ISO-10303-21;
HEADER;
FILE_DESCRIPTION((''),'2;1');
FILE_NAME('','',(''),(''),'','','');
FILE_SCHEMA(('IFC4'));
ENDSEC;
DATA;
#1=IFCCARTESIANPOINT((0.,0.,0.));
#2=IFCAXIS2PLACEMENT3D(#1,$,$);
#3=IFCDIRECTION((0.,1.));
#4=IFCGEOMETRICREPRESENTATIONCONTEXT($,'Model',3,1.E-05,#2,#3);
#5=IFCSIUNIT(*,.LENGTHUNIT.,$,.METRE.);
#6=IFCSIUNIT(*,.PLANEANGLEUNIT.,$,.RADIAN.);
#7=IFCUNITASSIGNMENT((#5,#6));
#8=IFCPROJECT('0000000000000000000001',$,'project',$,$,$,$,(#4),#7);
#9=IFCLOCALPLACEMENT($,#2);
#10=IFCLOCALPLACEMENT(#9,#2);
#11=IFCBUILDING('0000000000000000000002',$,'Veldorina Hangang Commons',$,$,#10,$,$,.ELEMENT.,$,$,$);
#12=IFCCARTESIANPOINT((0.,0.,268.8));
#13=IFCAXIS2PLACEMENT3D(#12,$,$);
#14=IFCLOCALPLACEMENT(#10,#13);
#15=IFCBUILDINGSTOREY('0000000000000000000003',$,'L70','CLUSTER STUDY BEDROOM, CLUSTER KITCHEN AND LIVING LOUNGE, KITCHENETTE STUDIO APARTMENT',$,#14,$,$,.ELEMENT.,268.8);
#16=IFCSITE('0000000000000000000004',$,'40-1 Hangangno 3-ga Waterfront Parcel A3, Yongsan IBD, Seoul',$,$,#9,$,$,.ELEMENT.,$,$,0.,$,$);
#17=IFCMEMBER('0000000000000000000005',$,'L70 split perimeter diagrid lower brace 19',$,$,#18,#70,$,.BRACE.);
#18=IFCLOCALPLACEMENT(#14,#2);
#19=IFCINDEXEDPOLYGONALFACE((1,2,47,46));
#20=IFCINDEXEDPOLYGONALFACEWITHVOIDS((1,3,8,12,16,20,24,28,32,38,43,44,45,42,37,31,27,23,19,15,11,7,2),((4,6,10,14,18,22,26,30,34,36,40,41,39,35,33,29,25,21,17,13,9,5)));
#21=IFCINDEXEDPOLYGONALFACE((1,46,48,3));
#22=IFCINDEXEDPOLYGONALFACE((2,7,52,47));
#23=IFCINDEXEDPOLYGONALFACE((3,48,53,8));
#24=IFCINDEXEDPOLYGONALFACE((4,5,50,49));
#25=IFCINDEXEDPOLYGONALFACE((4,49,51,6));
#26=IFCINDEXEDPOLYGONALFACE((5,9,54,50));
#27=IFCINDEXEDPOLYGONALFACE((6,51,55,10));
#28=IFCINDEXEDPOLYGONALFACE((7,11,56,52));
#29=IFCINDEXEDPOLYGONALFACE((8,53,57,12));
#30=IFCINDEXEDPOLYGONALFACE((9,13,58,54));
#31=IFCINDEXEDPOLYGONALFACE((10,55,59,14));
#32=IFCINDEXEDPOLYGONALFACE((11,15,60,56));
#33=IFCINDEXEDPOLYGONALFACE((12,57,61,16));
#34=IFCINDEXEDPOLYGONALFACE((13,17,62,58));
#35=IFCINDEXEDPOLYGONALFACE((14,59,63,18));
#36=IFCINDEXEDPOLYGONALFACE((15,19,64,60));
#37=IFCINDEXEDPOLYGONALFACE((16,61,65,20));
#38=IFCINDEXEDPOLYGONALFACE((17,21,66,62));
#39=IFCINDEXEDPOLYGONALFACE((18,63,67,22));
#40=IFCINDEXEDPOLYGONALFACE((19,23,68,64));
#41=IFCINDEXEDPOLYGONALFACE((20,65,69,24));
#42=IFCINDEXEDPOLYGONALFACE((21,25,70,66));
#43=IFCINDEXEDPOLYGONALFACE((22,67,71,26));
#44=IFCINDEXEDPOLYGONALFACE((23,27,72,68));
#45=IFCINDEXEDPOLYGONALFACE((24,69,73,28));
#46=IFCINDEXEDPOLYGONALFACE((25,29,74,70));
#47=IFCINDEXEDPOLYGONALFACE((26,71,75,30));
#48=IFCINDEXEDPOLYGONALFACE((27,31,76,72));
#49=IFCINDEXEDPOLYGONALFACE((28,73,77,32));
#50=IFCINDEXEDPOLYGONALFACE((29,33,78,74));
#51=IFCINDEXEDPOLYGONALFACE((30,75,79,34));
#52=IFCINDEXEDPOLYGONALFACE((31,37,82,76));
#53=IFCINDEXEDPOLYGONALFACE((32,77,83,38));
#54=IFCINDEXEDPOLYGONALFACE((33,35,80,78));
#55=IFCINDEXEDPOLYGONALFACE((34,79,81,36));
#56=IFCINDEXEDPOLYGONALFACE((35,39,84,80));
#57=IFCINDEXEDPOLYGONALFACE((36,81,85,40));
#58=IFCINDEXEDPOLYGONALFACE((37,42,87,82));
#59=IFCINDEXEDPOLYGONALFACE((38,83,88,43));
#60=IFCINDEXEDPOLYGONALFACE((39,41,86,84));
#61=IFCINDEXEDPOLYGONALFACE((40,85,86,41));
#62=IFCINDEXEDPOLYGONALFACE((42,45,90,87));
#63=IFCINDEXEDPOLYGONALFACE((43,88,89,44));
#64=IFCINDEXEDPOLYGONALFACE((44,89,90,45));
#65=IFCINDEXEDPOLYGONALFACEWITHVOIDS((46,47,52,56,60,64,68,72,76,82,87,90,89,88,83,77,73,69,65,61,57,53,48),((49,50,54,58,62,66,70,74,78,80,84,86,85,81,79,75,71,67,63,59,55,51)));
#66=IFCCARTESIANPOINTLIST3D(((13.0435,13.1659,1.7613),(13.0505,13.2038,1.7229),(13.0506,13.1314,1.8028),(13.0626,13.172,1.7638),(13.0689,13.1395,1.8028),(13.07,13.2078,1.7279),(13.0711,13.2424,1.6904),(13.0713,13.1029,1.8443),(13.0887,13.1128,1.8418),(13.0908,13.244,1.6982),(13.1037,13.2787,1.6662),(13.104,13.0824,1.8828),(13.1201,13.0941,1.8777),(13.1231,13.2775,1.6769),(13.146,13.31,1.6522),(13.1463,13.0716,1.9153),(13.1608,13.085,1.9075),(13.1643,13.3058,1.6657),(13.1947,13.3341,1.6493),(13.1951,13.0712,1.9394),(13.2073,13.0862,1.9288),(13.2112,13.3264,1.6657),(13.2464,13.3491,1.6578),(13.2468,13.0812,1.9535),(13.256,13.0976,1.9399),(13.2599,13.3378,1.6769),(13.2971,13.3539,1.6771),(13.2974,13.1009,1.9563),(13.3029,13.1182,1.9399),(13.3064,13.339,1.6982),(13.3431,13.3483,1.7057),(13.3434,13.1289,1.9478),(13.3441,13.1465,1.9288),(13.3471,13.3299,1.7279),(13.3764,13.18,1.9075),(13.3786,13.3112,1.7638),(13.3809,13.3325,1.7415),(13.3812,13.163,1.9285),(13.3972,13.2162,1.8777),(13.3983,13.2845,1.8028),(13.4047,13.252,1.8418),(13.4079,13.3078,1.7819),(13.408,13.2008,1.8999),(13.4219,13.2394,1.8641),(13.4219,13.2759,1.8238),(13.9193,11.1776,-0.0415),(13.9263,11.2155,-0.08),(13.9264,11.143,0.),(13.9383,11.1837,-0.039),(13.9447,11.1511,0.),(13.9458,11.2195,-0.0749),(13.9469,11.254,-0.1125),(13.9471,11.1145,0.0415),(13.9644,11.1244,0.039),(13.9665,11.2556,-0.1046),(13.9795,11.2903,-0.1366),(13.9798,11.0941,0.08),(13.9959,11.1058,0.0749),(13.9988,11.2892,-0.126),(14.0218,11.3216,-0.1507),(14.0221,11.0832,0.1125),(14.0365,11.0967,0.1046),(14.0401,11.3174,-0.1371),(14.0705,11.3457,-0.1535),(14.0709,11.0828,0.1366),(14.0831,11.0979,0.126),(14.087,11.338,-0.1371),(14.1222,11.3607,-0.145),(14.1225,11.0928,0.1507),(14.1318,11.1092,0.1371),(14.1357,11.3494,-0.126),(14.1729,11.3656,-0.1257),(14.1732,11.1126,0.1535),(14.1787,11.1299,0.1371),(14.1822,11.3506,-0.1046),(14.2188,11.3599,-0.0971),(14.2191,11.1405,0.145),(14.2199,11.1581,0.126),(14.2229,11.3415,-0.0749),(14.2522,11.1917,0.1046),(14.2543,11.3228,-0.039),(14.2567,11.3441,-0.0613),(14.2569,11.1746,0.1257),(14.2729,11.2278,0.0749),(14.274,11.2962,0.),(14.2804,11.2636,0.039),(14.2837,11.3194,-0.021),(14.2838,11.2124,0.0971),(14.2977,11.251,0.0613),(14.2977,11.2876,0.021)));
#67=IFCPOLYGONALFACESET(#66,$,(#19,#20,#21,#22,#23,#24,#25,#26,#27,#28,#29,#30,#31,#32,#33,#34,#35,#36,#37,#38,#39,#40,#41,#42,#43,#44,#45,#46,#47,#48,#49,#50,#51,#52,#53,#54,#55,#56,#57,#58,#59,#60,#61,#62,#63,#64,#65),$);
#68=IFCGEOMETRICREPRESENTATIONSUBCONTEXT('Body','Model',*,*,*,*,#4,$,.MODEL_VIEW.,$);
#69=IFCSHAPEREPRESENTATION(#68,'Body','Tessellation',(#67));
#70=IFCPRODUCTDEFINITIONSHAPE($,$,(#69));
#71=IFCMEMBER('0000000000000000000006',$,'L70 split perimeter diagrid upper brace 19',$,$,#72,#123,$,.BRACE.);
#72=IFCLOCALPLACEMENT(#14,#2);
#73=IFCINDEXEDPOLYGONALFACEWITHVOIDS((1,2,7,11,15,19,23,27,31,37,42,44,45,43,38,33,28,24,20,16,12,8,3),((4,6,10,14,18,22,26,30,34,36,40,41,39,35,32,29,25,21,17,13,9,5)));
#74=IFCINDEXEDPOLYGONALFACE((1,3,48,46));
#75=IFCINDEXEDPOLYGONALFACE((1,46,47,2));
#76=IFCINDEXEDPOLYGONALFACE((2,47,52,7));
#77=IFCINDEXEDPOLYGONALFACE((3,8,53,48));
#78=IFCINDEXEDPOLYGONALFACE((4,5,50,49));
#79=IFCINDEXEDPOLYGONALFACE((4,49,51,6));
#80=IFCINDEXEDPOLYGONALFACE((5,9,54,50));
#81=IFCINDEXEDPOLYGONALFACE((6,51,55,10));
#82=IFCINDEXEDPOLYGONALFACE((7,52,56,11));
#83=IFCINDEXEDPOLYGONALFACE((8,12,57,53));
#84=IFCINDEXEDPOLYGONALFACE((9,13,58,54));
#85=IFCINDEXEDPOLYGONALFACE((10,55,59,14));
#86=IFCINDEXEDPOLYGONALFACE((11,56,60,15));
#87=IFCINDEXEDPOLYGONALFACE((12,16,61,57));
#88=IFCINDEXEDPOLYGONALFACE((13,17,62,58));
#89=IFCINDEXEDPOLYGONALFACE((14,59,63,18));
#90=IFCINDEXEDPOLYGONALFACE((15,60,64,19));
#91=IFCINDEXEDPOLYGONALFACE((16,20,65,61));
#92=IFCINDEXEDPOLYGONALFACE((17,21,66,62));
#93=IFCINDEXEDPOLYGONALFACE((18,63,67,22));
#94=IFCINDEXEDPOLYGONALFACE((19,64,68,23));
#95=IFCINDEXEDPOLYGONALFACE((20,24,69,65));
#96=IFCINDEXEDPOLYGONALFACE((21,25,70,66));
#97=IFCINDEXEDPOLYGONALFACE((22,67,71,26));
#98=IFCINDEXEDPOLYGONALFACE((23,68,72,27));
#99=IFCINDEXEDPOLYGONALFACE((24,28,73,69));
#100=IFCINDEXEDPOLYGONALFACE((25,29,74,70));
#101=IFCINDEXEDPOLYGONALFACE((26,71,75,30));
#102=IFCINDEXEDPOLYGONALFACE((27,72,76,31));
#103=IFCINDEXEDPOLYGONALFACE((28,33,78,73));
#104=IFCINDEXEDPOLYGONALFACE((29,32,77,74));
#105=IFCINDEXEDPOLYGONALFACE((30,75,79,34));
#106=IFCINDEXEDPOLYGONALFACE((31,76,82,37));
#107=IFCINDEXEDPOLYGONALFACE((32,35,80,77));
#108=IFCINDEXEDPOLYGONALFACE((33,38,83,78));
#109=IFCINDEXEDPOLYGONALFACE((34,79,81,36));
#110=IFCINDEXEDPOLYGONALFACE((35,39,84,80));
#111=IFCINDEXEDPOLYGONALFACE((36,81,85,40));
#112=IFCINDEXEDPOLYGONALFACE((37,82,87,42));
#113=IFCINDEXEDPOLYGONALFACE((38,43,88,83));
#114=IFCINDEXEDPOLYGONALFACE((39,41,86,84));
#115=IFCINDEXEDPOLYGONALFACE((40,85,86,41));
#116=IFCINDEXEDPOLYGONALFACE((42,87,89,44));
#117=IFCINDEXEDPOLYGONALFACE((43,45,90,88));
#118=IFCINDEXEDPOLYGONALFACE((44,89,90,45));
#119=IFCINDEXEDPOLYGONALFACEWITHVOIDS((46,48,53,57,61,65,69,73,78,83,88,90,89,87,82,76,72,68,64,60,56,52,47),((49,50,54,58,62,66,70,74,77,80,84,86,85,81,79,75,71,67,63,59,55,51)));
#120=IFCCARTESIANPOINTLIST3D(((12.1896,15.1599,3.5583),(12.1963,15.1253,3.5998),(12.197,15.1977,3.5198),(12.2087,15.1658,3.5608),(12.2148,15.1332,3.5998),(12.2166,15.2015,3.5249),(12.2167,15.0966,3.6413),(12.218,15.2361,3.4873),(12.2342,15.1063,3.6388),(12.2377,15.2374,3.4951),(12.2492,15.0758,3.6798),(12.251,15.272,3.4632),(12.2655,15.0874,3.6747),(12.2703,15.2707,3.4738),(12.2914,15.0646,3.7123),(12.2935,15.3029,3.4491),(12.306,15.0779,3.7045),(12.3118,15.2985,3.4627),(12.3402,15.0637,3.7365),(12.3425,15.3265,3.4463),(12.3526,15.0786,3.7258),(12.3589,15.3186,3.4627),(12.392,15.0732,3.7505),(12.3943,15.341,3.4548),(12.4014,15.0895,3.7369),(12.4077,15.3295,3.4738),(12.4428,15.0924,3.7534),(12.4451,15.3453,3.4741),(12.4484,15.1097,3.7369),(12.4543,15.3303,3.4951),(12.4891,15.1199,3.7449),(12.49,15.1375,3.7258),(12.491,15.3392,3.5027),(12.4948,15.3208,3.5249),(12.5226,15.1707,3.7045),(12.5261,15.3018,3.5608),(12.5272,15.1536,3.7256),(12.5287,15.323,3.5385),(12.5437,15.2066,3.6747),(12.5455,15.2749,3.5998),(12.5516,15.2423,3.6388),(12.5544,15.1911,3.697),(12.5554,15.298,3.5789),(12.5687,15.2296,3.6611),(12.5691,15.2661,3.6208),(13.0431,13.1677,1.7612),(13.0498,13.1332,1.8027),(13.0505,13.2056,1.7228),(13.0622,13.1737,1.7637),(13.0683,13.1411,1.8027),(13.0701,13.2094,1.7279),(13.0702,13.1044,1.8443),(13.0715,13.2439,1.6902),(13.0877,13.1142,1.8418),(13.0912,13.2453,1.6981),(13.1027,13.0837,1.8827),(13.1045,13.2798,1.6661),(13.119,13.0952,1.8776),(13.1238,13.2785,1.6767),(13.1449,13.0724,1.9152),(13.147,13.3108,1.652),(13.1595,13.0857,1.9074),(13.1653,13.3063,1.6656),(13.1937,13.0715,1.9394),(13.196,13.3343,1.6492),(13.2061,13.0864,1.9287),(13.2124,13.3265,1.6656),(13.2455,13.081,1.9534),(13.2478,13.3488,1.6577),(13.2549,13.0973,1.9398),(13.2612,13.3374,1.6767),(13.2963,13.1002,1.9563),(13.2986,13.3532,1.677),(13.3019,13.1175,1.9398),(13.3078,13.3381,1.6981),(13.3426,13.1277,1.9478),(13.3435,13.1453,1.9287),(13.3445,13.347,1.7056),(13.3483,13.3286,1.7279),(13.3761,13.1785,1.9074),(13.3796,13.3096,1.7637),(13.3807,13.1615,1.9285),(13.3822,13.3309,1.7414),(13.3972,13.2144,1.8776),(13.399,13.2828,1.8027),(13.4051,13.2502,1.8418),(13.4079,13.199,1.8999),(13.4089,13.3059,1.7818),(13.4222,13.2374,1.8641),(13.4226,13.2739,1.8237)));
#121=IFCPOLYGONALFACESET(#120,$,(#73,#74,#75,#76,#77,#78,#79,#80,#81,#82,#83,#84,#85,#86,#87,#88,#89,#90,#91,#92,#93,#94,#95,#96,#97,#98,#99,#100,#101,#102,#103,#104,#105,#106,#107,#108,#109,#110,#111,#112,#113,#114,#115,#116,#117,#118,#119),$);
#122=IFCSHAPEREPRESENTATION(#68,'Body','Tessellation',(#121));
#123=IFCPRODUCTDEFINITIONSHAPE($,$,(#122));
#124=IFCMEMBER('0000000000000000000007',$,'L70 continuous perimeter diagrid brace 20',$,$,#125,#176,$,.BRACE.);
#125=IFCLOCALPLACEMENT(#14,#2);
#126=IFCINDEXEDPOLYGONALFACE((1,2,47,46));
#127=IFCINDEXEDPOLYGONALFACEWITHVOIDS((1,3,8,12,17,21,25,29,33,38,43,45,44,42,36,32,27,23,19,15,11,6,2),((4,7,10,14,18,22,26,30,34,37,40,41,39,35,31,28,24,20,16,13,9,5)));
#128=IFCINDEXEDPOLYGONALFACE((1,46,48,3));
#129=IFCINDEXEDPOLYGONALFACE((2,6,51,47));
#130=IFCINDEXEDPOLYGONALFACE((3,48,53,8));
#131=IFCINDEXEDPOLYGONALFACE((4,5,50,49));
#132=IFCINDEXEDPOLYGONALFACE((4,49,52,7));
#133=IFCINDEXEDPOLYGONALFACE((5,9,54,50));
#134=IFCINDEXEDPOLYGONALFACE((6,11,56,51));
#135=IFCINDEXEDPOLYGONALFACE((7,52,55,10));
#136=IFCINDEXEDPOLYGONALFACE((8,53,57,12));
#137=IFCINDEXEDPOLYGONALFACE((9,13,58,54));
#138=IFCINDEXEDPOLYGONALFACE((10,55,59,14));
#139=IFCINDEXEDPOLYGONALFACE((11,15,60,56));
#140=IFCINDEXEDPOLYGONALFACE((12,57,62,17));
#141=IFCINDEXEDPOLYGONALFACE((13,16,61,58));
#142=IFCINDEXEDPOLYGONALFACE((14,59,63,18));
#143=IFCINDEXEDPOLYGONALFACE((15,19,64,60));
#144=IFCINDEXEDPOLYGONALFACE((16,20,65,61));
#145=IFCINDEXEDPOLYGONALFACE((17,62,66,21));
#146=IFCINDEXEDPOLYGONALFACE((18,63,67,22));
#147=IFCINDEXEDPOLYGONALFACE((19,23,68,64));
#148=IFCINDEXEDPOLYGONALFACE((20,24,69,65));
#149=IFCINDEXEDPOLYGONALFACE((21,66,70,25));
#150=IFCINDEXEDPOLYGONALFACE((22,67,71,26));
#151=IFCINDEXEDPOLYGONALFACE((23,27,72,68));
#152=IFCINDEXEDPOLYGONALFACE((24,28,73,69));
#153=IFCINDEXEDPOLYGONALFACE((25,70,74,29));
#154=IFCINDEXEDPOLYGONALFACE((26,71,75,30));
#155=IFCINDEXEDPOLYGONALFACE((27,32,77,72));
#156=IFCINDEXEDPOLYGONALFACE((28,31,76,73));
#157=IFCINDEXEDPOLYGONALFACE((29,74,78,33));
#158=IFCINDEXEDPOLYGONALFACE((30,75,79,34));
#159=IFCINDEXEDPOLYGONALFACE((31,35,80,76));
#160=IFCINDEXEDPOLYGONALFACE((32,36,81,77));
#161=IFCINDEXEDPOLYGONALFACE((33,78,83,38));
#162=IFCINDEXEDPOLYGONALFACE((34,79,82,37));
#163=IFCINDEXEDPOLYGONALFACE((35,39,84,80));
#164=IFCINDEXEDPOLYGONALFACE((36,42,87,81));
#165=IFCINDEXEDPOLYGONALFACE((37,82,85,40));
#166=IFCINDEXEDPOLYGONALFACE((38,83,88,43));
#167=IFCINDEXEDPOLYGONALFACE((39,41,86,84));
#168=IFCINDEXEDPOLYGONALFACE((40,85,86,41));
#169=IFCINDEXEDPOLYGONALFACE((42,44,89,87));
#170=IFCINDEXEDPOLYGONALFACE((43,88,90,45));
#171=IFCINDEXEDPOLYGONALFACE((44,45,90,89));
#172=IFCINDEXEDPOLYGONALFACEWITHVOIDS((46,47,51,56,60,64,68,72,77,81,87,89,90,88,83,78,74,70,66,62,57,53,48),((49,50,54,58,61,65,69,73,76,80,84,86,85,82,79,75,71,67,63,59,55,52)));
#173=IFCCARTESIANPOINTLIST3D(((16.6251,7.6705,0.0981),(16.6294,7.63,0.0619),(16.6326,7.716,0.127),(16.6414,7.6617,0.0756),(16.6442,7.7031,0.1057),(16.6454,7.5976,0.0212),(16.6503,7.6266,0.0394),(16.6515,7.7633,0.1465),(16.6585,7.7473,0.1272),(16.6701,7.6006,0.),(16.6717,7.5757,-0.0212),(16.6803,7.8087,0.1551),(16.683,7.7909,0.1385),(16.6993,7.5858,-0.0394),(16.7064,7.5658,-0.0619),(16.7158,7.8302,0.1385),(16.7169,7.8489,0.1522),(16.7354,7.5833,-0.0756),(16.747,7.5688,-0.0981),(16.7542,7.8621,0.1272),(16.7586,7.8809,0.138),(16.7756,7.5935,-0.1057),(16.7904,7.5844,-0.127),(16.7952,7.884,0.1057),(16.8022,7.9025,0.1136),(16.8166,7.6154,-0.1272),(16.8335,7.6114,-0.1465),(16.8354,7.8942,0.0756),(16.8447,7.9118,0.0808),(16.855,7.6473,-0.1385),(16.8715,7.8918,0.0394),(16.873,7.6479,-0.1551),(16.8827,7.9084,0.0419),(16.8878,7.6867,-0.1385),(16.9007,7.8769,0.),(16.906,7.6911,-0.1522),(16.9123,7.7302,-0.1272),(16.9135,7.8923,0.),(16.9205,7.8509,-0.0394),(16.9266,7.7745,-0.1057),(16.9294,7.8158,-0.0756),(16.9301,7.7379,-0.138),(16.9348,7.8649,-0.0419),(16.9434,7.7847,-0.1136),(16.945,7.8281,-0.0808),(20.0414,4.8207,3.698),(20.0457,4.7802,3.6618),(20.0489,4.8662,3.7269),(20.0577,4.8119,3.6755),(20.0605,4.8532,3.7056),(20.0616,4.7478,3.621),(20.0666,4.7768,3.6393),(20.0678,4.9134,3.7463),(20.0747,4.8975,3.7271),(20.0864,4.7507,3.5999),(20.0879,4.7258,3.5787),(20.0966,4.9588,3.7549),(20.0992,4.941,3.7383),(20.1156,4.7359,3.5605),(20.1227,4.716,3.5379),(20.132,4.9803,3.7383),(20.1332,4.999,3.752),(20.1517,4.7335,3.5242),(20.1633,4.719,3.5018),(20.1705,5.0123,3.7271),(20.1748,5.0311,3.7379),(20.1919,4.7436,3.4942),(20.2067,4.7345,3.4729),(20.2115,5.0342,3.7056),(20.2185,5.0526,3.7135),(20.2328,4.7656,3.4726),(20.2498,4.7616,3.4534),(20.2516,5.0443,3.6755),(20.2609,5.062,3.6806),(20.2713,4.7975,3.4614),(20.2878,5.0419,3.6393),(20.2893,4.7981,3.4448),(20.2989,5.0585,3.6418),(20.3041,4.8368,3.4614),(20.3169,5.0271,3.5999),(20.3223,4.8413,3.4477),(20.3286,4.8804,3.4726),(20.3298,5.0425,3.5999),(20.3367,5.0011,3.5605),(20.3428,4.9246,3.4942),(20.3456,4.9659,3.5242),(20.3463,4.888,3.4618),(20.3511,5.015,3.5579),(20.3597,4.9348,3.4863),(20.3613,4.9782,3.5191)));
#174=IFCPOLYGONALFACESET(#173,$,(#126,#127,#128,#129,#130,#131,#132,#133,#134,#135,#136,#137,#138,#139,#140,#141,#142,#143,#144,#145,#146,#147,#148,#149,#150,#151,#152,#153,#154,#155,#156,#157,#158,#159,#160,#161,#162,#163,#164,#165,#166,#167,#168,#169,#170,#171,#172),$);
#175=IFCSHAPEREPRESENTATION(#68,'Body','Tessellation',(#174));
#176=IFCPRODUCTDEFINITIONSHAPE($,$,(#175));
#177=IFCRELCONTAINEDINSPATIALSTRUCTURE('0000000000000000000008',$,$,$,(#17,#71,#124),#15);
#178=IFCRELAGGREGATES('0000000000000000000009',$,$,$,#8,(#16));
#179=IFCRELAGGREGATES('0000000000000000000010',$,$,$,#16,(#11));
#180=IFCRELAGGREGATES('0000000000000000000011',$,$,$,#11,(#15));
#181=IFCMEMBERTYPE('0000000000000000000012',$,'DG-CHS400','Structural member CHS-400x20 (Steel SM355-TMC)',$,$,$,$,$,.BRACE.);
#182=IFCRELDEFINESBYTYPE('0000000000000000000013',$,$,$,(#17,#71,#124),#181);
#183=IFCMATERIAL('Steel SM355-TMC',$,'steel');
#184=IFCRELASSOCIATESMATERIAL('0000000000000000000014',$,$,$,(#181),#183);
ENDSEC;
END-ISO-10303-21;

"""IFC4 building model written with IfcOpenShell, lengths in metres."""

from ifc_helpers import new_model, si_unit, direction, frame, origin, origin_2d, place, context, subcontext, project, spatial, hollow_circle, extrude, material, material_profile, profile_set, type_object, element, save


model = new_model("IFC4")

# Units and contexts
model_context = context("Model", 3, precision=1e-05, world=origin(), true_north=direction((0.0, 1.0)))
body_context = subcontext(model_context, "Body", "Model", "MODEL_VIEW")
ifc_project = project(units=[si_unit("LENGTHUNIT", "METRE"), si_unit("PLANEANGLEUNIT", "RADIAN")], contexts=[model_context])

# Site, building, storey
site_placement = place(None, origin())
site = spatial("IfcSite", under=ifc_project, at=site_placement, Name="40-1 Hangangno 3-ga Waterfront Parcel A3, Yongsan IBD, Seoul", CompositionType="ELEMENT", RefElevation=0.0)
building_placement = place(site_placement, origin())
building = spatial("IfcBuilding", under=site, at=building_placement, Name="Veldorina Hangang Commons", CompositionType="ELEMENT")
storey_placement = place(building_placement, frame((0.0, 0.0, 268.8)))
storey = spatial("IfcBuildingStorey", under=building, at=storey_placement, Name="L70", Description="CLUSTER STUDY BEDROOM, CLUSTER KITCHEN AND LIVING LOUNGE, KITCHENETTE STUDIO APARTMENT", CompositionType="ELEMENT", Elevation=268.8)

# Shared definitions
ifc_material_1 = material(Name="Steel SM355-TMC", Category="steel")

# Members
ifc_material_profile_1 = material_profile(ifc_material_1, hollow_circle(Radius=0.2, WallThickness=0.02, at=origin_2d()), Name="CHS-400x20")
ifc_profile_set_1 = profile_set([ifc_material_profile_1], Name="Steel SM355-TMC")
member_type_1 = type_object("IfcMemberType", Name="DG-CHS400", Description="Structural member CHS-400x20 (Steel SM355-TMC)", PredefinedType="BRACE", material=ifc_profile_set_1)
member_1_placement = place(storey_placement, frame((14.1094, 11.2236, 0.0), z_axis=(-0.3102, 0.704284, 0.63856), x_axis=(-0.915164, -0.403081, 0.0)))
element("IfcMember", 1, at=member_1_placement, inside=storey, type_object=member_type_1, Name="L70 split perimeter diagrid lower brace 19", PredefinedType="BRACE", context=body_context, shape_type="SweptSolid", body=[
    extrude(hollow_circle(Radius=0.2, WallThickness=0.02, at=origin_2d()), origin(), (0.0, 0.0, 1.0), 2.8232),
])
member_2_placement = place(storey_placement, frame((13.2336, 13.2119, 1.8027), z_axis=(-0.303151, 0.707583, 0.638299), x_axis=(-0.919192, -0.393811, 0.0)))
element("IfcMember", 2, at=member_2_placement, inside=storey, type_object=member_type_1, Name="L70 split perimeter diagrid upper brace 19", PredefinedType="BRACE", context=body_context, shape_type="SweptSolid", body=[
    extrude(hollow_circle(Radius=0.2, WallThickness=0.02, at=origin_2d()), origin(), (0.0, 0.0, 1.0), 2.8154),
])
member_3_placement = place(storey_placement, frame((16.7854, 7.7388, 0.0), z_axis=(0.596947, -0.497975, 0.629027), x_axis=(0.640578, 0.767893, 0.0)))
element("IfcMember", 3, at=member_3_placement, inside=storey, type_object=member_type_1, Name="L70 continuous perimeter diagrid brace 20", PredefinedType="BRACE", context=body_context, shape_type="SweptSolid", body=[
    extrude(hollow_circle(Radius=0.2, WallThickness=0.02, at=origin_2d()), origin(), (0.0, 0.0, 1.0), 5.7229),
])

save(model, "model.ifc")
